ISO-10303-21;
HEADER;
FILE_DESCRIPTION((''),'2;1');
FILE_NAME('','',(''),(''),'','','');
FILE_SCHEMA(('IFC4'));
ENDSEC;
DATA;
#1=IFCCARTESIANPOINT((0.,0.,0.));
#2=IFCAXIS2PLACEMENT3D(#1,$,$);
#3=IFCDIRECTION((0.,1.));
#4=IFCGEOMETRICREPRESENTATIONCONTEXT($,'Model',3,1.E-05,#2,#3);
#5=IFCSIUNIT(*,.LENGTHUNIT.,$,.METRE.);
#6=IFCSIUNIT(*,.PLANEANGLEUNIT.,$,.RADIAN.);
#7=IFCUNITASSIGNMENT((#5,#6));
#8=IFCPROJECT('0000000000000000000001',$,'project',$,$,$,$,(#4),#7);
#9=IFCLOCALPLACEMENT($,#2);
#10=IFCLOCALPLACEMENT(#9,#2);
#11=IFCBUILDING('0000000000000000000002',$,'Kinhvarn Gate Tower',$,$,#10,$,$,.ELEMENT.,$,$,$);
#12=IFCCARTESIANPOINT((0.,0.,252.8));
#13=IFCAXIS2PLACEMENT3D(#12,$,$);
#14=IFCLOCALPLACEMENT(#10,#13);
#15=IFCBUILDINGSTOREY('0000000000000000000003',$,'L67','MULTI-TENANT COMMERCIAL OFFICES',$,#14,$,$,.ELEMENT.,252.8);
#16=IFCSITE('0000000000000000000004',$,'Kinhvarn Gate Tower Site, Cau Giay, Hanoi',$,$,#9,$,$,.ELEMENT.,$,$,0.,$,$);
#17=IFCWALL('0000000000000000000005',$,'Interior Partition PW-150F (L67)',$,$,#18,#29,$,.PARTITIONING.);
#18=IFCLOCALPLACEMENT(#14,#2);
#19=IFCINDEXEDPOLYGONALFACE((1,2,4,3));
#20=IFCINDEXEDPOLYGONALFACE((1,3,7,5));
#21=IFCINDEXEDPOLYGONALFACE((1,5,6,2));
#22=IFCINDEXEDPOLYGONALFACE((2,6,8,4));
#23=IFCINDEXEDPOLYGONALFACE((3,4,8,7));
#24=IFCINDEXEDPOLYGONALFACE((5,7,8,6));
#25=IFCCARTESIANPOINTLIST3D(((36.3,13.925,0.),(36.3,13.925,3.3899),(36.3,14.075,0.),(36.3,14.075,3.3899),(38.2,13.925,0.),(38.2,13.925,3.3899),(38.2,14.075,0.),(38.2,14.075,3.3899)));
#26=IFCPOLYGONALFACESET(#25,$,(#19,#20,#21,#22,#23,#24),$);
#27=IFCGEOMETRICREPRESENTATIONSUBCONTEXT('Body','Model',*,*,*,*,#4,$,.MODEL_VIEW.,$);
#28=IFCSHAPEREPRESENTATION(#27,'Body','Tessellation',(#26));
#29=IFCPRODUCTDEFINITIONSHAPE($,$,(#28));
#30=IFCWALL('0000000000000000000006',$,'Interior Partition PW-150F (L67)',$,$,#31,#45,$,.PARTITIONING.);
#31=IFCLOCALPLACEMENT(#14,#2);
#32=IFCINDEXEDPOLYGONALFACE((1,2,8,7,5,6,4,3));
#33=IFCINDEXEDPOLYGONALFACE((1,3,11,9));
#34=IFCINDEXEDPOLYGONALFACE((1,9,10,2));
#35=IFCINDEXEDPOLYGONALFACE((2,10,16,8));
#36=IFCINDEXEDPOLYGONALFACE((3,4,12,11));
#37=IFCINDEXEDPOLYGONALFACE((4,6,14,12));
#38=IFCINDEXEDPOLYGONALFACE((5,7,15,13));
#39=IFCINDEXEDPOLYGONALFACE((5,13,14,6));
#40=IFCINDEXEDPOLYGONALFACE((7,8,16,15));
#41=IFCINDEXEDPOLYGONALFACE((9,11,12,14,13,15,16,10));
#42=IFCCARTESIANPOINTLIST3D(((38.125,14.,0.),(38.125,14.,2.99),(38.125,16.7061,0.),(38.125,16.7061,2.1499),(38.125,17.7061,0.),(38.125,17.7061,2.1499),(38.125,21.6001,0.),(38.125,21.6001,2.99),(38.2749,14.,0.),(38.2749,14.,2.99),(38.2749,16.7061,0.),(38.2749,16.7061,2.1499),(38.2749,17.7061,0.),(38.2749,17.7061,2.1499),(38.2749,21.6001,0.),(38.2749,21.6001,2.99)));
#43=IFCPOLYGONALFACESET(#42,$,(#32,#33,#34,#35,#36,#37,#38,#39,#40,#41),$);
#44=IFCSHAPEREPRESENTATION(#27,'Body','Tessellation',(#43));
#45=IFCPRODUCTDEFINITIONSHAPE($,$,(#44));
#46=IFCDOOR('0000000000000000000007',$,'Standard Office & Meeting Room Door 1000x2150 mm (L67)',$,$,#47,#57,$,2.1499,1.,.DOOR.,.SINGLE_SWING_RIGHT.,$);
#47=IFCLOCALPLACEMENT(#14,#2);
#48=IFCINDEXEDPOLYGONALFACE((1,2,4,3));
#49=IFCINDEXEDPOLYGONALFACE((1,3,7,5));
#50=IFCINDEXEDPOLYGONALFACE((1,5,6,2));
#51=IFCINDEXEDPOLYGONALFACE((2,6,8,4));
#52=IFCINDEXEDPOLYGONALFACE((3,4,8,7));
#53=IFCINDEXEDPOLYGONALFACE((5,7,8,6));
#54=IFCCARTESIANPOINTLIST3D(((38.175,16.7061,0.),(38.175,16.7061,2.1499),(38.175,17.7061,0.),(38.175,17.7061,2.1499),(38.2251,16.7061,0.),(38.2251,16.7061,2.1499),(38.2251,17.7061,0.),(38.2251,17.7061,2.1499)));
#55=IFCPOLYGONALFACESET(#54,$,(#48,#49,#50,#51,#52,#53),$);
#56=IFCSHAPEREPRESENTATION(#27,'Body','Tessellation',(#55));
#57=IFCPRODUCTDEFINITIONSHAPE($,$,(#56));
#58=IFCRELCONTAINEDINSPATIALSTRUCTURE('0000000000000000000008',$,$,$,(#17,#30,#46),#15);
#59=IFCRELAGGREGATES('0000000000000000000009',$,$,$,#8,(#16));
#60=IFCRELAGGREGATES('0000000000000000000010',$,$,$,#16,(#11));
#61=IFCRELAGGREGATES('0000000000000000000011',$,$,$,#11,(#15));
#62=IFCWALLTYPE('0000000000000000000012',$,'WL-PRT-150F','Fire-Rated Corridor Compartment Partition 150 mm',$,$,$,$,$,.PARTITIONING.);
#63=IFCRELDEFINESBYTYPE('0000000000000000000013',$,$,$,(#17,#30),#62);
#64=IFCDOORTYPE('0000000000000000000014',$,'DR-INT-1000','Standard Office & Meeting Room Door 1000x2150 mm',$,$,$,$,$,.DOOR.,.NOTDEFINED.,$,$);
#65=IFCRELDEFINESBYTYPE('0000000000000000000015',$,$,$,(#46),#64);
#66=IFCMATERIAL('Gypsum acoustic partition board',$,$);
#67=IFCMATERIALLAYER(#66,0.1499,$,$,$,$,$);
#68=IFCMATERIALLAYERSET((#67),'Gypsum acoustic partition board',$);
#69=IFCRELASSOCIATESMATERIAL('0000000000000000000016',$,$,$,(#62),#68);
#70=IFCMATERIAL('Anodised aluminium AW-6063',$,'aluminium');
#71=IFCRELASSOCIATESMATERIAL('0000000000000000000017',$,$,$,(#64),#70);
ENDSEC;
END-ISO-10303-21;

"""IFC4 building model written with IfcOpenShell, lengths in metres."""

from ifc_helpers import new_model, si_unit, direction, frame, frame_2d, origin, place, context, subcontext, project, spatial, rectangle, extrude, material, layer, layer_set, type_object, element, fill, save


model = new_model("IFC4")

# Units and contexts
model_context = context("Model", 3, precision=1e-05, world=origin(), true_north=direction((0.0, 1.0)))
body_context = subcontext(model_context, "Body", "Model", "MODEL_VIEW")
ifc_project = project(units=[si_unit("LENGTHUNIT", "METRE"), si_unit("PLANEANGLEUNIT", "RADIAN")], contexts=[model_context])

# Site, building, storey
site_placement = place(None, origin())
site = spatial("IfcSite", under=ifc_project, at=site_placement, Name="Kinhvarn Gate Tower Site, Cau Giay, Hanoi", CompositionType="ELEMENT", RefElevation=0.0)
building_placement = place(site_placement, origin())
building = spatial("IfcBuilding", under=site, at=building_placement, Name="Kinhvarn Gate Tower", CompositionType="ELEMENT")
storey_placement = place(building_placement, frame((0.0, 0.0, 252.8)))
storey = spatial("IfcBuildingStorey", under=building, at=storey_placement, Name="L67", Description="MULTI-TENANT COMMERCIAL OFFICES", CompositionType="ELEMENT", Elevation=252.8)

# Shared definitions
ifc_material_1 = material(Name="Anodised aluminium AW-6063", Category="aluminium")

# Shared definitions
ifc_material_2 = material(Name="Gypsum acoustic partition board")

# Shared definitions
ifc_layer_1 = layer(ifc_material_2, 0.1499)
ifc_layer_set_1 = layer_set([ifc_layer_1], Name="Gypsum acoustic partition board")
wall_type_1 = type_object("IfcWallType", Name="WL-PRT-150F", Description="Fire-Rated Corridor Compartment Partition 150 mm", PredefinedType="PARTITIONING", material=ifc_layer_set_1)
door_type_1 = type_object("IfcDoorType", Name="DR-INT-1000", Description="Standard Office & Meeting Room Door 1000x2150 mm", OperationType="NOTDEFINED", PredefinedType="DOOR", material=ifc_material_1)

# Wall
wall_1_placement = place(storey_placement, frame((36.3, 14.0, 0.0), z_axis=(0.0, 0.0, 1.0), x_axis=(1.0, 0.0, 0.0)))
element("IfcWall", 1, at=wall_1_placement, inside=storey, type_object=wall_type_1, Name="Interior Partition PW-150F (L67)", PredefinedType="PARTITIONING", context=body_context, shape_type="SweptSolid", body=[
    extrude(rectangle(XDim=1.8999, YDim=0.1499, at=frame_2d((0.95, 0.0))), origin(), (0.0, 0.0, 1.0), 3.3899),
])

# Wall, opening, door
wall_2_placement = place(storey_placement, frame((38.2, 14.0, 0.0), z_axis=(0.0, 0.0, 1.0), x_axis=(0.0, 1.0, 0.0)))
wall_2 = element("IfcWall", 2, at=wall_2_placement, inside=storey, type_object=wall_type_1, Name="Interior Partition PW-150F (L67)", PredefinedType="PARTITIONING", context=body_context, shape_type="SweptSolid", body=[
    extrude(rectangle(XDim=7.6001, YDim=0.1499, at=frame_2d((3.8, 0.0))), origin(), (0.0, 0.0, 1.0), 2.99),
])
opening_1_placement = place(wall_2_placement, frame((2.7061, 0.0, 0.0)))
opening_1 = element("IfcOpeningElement", 3, at=opening_1_placement, cuts=wall_2, PredefinedType="OPENING", context=body_context, shape_type="SweptSolid", body=[
    extrude(rectangle(XDim=1.0, YDim=2.1499, at=frame_2d((0.5, 1.075))), frame((0.0, 0.085, 0.0), z_axis=(0.0, -1.0, 0.0), x_axis=(1.0, 0.0, 0.0)), (0.0, 0.0, 1.0), 0.1699),
])
door_1_placement = place(opening_1_placement, origin())
door_1 = element("IfcDoor", 4, at=door_1_placement, inside=storey, type_object=door_type_1, Name="Standard Office & Meeting Room Door 1000x2150 mm (L67)", OperationType="SINGLE_SWING_RIGHT", OverallHeight=2.1499, OverallWidth=1.0, PredefinedType="DOOR", context=body_context, shape_type="SweptSolid", body=[
    extrude(rectangle(XDim=1.0, YDim=2.1499, at=frame_2d((0.5, 1.075))), frame((0.0, 0.0249, 0.0), z_axis=(0.0, -1.0, 0.0), x_axis=(1.0, 0.0, 0.0)), (0.0, 0.0, 1.0), 0.05),
])
fill(opening_1, door_1)

save(model, "model.ifc")
